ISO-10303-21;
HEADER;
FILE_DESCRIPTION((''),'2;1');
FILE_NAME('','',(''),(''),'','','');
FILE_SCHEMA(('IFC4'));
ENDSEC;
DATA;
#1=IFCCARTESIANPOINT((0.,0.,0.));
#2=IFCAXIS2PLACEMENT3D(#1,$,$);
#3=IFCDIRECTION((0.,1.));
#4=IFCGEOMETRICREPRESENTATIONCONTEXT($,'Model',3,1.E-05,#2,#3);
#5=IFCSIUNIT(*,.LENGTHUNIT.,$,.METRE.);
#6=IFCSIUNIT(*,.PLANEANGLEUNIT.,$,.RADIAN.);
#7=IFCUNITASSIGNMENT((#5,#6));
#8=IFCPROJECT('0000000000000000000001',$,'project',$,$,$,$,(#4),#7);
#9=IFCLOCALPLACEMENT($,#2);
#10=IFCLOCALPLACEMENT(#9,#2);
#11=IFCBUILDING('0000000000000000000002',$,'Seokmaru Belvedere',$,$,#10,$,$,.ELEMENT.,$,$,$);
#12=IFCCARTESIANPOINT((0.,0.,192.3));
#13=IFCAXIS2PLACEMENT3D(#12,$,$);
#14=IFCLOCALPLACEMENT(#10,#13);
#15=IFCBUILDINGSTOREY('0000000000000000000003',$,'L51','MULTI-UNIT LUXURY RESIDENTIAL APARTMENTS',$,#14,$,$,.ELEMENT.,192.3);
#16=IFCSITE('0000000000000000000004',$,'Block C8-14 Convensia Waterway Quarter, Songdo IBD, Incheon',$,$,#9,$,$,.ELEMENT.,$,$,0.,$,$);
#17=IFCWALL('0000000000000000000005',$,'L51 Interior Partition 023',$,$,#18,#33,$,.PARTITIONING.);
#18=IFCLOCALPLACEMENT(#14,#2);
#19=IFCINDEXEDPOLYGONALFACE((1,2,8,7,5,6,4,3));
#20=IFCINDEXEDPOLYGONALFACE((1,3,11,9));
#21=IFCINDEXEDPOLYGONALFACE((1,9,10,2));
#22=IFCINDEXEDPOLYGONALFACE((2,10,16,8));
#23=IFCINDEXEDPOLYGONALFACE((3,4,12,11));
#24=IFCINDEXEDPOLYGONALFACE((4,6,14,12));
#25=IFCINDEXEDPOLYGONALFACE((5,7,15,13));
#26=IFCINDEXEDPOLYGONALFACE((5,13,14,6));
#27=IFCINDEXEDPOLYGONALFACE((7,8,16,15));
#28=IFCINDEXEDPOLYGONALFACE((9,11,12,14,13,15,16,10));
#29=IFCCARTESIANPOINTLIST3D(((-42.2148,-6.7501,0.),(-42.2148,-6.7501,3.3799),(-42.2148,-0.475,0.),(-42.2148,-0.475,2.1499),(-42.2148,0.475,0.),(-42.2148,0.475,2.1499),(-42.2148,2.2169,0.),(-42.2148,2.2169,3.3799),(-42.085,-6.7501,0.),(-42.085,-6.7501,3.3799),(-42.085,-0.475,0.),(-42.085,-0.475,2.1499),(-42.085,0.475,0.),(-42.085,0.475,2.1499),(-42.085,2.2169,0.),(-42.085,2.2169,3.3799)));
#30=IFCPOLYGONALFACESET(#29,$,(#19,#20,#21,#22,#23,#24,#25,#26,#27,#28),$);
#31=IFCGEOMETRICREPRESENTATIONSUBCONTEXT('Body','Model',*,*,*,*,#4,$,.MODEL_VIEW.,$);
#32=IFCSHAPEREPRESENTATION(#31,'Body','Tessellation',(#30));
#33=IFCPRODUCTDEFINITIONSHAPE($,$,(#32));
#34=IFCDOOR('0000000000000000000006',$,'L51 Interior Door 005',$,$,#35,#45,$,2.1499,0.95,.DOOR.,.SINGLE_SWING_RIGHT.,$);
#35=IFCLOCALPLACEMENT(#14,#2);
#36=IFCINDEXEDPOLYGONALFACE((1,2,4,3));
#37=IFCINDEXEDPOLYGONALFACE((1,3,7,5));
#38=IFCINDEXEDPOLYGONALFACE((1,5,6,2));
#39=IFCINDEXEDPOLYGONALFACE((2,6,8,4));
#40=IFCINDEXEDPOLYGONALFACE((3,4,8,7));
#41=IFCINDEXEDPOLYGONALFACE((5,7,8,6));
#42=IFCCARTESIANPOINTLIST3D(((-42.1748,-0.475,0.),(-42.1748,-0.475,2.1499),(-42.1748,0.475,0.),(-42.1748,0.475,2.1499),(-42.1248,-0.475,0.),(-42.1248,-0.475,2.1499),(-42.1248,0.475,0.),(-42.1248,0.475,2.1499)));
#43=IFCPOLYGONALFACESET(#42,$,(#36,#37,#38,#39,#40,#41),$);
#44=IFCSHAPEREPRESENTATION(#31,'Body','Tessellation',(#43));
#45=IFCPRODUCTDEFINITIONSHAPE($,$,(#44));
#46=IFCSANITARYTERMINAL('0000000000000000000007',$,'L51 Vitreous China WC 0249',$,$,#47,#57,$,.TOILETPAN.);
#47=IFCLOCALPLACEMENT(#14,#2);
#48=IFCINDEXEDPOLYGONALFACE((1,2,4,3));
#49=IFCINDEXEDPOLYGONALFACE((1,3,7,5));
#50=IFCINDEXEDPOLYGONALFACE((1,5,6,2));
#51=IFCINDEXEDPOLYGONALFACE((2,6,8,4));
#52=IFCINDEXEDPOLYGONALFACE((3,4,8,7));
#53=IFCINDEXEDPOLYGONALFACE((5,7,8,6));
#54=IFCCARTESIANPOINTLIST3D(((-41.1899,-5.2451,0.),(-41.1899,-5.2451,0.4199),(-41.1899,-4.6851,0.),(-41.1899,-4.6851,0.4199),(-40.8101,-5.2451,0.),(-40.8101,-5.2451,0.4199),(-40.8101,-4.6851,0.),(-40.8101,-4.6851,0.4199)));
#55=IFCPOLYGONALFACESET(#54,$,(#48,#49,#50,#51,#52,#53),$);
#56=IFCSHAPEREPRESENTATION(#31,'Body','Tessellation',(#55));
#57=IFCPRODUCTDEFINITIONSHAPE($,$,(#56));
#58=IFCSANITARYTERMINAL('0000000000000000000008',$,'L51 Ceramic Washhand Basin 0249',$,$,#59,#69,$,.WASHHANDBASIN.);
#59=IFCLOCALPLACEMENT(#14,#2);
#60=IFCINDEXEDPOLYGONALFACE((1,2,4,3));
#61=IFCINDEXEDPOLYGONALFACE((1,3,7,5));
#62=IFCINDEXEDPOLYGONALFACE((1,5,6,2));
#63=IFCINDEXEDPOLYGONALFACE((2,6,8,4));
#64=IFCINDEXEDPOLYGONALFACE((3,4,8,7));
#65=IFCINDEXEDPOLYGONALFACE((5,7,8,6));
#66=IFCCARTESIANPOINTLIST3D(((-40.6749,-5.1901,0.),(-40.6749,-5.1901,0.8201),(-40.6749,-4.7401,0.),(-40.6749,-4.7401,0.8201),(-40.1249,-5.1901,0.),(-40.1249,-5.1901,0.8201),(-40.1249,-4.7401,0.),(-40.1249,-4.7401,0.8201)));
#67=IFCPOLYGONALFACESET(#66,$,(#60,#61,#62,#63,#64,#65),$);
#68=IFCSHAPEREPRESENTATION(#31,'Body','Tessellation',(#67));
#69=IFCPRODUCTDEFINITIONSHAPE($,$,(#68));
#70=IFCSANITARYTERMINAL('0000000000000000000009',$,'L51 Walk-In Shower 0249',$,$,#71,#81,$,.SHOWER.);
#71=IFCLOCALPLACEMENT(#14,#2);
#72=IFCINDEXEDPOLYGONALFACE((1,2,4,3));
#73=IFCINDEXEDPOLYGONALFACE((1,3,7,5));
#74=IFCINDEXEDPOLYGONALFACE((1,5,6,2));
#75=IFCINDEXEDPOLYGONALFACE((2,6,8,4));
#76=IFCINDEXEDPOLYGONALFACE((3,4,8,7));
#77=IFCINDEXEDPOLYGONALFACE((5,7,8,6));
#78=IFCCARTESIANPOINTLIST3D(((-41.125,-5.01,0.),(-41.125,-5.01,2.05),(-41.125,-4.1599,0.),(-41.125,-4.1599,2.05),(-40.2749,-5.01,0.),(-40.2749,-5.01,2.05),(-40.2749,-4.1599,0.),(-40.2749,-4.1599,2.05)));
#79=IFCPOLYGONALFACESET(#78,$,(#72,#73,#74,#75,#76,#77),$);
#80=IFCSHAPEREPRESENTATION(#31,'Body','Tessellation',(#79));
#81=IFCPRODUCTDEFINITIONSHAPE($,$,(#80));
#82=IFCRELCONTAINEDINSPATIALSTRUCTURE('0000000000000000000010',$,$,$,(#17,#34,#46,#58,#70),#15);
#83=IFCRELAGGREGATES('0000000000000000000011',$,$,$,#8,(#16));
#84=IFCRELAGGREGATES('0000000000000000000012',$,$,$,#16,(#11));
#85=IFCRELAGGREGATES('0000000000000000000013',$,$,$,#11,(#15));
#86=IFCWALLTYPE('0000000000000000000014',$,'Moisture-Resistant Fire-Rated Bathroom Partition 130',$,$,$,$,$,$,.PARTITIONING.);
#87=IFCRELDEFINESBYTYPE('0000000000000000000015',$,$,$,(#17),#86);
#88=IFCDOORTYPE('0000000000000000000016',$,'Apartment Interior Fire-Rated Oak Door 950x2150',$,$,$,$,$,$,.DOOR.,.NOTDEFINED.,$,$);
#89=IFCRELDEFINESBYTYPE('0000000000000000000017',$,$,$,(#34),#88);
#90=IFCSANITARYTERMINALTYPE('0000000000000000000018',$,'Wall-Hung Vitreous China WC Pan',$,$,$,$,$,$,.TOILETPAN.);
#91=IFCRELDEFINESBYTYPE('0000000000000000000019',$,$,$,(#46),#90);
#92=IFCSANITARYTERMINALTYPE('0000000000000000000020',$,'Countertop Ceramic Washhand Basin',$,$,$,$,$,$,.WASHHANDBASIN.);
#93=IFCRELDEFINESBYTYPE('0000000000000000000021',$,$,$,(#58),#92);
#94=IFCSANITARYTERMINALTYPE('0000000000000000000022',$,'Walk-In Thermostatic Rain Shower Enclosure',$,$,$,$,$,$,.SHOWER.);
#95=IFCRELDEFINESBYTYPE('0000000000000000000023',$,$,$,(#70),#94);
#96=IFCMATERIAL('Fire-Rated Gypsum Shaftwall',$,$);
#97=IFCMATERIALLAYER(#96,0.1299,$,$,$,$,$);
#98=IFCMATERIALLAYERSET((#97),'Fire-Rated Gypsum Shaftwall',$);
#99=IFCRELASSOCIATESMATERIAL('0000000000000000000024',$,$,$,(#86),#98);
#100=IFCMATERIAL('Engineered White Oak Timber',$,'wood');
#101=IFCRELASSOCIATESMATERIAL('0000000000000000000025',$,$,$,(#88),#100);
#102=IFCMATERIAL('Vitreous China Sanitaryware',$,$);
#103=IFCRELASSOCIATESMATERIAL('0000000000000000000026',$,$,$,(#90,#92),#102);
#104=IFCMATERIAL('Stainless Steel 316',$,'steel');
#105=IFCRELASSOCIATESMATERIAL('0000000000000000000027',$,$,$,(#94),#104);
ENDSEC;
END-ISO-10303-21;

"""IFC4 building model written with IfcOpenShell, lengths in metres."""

from ifc_helpers import new_model, si_unit, direction, frame, frame_2d, origin, origin_2d, place, context, subcontext, project, spatial, rectangle, extrude, source, transform, mapped, material, layer, layer_set, type_object, type_shapes, element, fill, save


model = new_model("IFC4")

# Units and contexts
model_context = context("Model", 3, precision=1e-05, world=origin(), true_north=direction((0.0, 1.0)))
body_context = subcontext(model_context, "Body", "Model", "MODEL_VIEW")
ifc_project = project(units=[si_unit("LENGTHUNIT", "METRE"), si_unit("PLANEANGLEUNIT", "RADIAN")], contexts=[model_context])

# Site, building, storey
site_placement = place(None, origin())
site = spatial("IfcSite", under=ifc_project, at=site_placement, Name="Block C8-14 Convensia Waterway Quarter, Songdo IBD, Incheon", CompositionType="ELEMENT", RefElevation=0.0)
building_placement = place(site_placement, origin())
building = spatial("IfcBuilding", under=site, at=building_placement, Name="Seokmaru Belvedere", CompositionType="ELEMENT")
storey_placement = place(building_placement, frame((0.0, 0.0, 192.3)))
storey = spatial("IfcBuildingStorey", under=building, at=storey_placement, Name="L51", Description="MULTI-UNIT LUXURY RESIDENTIAL APARTMENTS", CompositionType="ELEMENT", Elevation=192.3)

# Shared definitions
ifc_material_1 = material(Name="Fire-Rated Gypsum Shaftwall")

# Wall, opening, door
ifc_layer_1 = layer(ifc_material_1, 0.1299)
ifc_layer_set_1 = layer_set([ifc_layer_1], Name="Fire-Rated Gypsum Shaftwall")
wall_type_1 = type_object("IfcWallType", Name="Moisture-Resistant Fire-Rated Bathroom Partition 130", PredefinedType="PARTITIONING", material=ifc_layer_set_1)
ifc_material_2 = material(Name="Engineered White Oak Timber", Category="wood")
wall_1_placement = place(storey_placement, frame((-42.1499, -6.75, 0.0), z_axis=(0.0, 0.0, 1.0), x_axis=(0.0, 1.0, 0.0)))
wall_1 = element("IfcWall", 1, at=wall_1_placement, inside=storey, type_object=wall_type_1, Name="L51 Interior Partition 023", PredefinedType="PARTITIONING", context=body_context, shape_type="SweptSolid", body=[
    extrude(rectangle(XDim=8.967, YDim=0.1299, at=frame_2d((4.4834, 0.0))), origin(), (0.0, 0.0, 1.0), 3.3799),
])
opening_1_placement = place(wall_1_placement, frame((6.2749, 0.0, 0.0)))
opening_1 = element("IfcOpeningElement", 2, at=opening_1_placement, cuts=wall_1, PredefinedType="OPENING", context=body_context, shape_type="SweptSolid", body=[
    extrude(rectangle(XDim=0.95, YDim=2.1499, at=frame_2d((0.4751, 1.075))), frame((0.0, 0.075, 0.0), z_axis=(0.0, -1.0, 0.0), x_axis=(1.0, 0.0, 0.0)), (0.0, 0.0, 1.0), 0.1499),
])
door_type_1 = type_object("IfcDoorType", Name="Apartment Interior Fire-Rated Oak Door 950x2150", OperationType="NOTDEFINED", PredefinedType="DOOR", material=ifc_material_2)
shared_shape_1 = source(origin(), body_context, "Body", "SweptSolid", [
    extrude(rectangle(XDim=0.95, YDim=2.1499, at=frame_2d((0.4751, 1.075))), frame((0.0, 0.0249, 0.0), z_axis=(0.0, -1.0, 0.0), x_axis=(1.0, 0.0, 0.0)), (0.0, 0.0, 1.0), 0.05),
])
type_shapes(door_type_1, [shared_shape_1])
door_1_placement = place(opening_1_placement, origin())
door_1 = element("IfcDoor", 3, at=door_1_placement, inside=storey, type_object=door_type_1, Name="L51 Interior Door 005", OperationType="SINGLE_SWING_RIGHT", OverallHeight=2.1499, OverallWidth=0.95, PredefinedType="DOOR", context=body_context, shape_type="MappedRepresentation", body=[
    mapped(shared_shape_1, transform((0.0, 0.0, 0.0), scale=1.0)),
])
fill(opening_1, door_1)

# Sanitary terminals
ifc_material_3 = material(Name="Vitreous China Sanitaryware")
sanitary_terminal_type_1 = type_object("IfcSanitaryTerminalType", Name="Wall-Hung Vitreous China WC Pan", PredefinedType="TOILETPAN", material=ifc_material_3)
shared_shape_2 = source(origin(), body_context, "Body", "SweptSolid", [
    extrude(rectangle(XDim=0.3799, YDim=0.5601, at=origin_2d()), origin(), (0.0, 0.0, 1.0), 0.4199),
])
type_shapes(sanitary_terminal_type_1, [shared_shape_2])
sanitary_terminal_1_placement = place(storey_placement, frame((-41.0, -4.9651, 0.0), z_axis=(0.0, 0.0, 1.0), x_axis=(1.0, 0.0, 0.0)))
element("IfcSanitaryTerminal", 4, at=sanitary_terminal_1_placement, inside=storey, type_object=sanitary_terminal_type_1, Name="L51 Vitreous China WC 0249", PredefinedType="TOILETPAN", context=body_context, shape_type="MappedRepresentation", body=[
    mapped(shared_shape_2, transform((0.0, 0.0, 0.0), scale=1.0)),
])
sanitary_terminal_type_2 = type_object("IfcSanitaryTerminalType", Name="Countertop Ceramic Washhand Basin", PredefinedType="WASHHANDBASIN", material=ifc_material_3)
shared_shape_3 = source(origin(), body_context, "Body", "SweptSolid", [
    extrude(rectangle(XDim=0.55, YDim=0.45, at=origin_2d()), origin(), (0.0, 0.0, 1.0), 0.8201),
])
type_shapes(sanitary_terminal_type_2, [shared_shape_3])
sanitary_terminal_2_placement = place(storey_placement, frame((-40.3999, -4.9651, 0.0), z_axis=(0.0, 0.0, 1.0), x_axis=(1.0, 0.0, 0.0)))
element("IfcSanitaryTerminal", 5, at=sanitary_terminal_2_placement, inside=storey, type_object=sanitary_terminal_type_2, Name="L51 Ceramic Washhand Basin 0249", PredefinedType="WASHHANDBASIN", context=body_context, shape_type="MappedRepresentation", body=[
    mapped(shared_shape_3, transform((0.0, 0.0, 0.0), scale=1.0)),
])
ifc_material_4 = material(Name="Stainless Steel 316", Category="steel")
sanitary_terminal_type_3 = type_object("IfcSanitaryTerminalType", Name="Walk-In Thermostatic Rain Shower Enclosure", PredefinedType="SHOWER", material=ifc_material_4)
shared_shape_4 = source(origin(), body_context, "Body", "SweptSolid", [
    extrude(rectangle(XDim=0.8501, YDim=0.8501, at=origin_2d()), origin(), (0.0, 0.0, 1.0), 2.05),
])
type_shapes(sanitary_terminal_type_3, [shared_shape_4])
sanitary_terminal_3_placement = place(storey_placement, frame((-40.7, -4.585, 0.0), z_axis=(0.0, 0.0, 1.0), x_axis=(1.0, 0.0, 0.0)))
element("IfcSanitaryTerminal", 6, at=sanitary_terminal_3_placement, inside=storey, type_object=sanitary_terminal_type_3, Name="L51 Walk-In Shower 0249", PredefinedType="SHOWER", context=body_context, shape_type="MappedRepresentation", body=[
    mapped(shared_shape_4, transform((0.0, 0.0, 0.0), scale=1.0)),
])

save(model, "model.ifc")
